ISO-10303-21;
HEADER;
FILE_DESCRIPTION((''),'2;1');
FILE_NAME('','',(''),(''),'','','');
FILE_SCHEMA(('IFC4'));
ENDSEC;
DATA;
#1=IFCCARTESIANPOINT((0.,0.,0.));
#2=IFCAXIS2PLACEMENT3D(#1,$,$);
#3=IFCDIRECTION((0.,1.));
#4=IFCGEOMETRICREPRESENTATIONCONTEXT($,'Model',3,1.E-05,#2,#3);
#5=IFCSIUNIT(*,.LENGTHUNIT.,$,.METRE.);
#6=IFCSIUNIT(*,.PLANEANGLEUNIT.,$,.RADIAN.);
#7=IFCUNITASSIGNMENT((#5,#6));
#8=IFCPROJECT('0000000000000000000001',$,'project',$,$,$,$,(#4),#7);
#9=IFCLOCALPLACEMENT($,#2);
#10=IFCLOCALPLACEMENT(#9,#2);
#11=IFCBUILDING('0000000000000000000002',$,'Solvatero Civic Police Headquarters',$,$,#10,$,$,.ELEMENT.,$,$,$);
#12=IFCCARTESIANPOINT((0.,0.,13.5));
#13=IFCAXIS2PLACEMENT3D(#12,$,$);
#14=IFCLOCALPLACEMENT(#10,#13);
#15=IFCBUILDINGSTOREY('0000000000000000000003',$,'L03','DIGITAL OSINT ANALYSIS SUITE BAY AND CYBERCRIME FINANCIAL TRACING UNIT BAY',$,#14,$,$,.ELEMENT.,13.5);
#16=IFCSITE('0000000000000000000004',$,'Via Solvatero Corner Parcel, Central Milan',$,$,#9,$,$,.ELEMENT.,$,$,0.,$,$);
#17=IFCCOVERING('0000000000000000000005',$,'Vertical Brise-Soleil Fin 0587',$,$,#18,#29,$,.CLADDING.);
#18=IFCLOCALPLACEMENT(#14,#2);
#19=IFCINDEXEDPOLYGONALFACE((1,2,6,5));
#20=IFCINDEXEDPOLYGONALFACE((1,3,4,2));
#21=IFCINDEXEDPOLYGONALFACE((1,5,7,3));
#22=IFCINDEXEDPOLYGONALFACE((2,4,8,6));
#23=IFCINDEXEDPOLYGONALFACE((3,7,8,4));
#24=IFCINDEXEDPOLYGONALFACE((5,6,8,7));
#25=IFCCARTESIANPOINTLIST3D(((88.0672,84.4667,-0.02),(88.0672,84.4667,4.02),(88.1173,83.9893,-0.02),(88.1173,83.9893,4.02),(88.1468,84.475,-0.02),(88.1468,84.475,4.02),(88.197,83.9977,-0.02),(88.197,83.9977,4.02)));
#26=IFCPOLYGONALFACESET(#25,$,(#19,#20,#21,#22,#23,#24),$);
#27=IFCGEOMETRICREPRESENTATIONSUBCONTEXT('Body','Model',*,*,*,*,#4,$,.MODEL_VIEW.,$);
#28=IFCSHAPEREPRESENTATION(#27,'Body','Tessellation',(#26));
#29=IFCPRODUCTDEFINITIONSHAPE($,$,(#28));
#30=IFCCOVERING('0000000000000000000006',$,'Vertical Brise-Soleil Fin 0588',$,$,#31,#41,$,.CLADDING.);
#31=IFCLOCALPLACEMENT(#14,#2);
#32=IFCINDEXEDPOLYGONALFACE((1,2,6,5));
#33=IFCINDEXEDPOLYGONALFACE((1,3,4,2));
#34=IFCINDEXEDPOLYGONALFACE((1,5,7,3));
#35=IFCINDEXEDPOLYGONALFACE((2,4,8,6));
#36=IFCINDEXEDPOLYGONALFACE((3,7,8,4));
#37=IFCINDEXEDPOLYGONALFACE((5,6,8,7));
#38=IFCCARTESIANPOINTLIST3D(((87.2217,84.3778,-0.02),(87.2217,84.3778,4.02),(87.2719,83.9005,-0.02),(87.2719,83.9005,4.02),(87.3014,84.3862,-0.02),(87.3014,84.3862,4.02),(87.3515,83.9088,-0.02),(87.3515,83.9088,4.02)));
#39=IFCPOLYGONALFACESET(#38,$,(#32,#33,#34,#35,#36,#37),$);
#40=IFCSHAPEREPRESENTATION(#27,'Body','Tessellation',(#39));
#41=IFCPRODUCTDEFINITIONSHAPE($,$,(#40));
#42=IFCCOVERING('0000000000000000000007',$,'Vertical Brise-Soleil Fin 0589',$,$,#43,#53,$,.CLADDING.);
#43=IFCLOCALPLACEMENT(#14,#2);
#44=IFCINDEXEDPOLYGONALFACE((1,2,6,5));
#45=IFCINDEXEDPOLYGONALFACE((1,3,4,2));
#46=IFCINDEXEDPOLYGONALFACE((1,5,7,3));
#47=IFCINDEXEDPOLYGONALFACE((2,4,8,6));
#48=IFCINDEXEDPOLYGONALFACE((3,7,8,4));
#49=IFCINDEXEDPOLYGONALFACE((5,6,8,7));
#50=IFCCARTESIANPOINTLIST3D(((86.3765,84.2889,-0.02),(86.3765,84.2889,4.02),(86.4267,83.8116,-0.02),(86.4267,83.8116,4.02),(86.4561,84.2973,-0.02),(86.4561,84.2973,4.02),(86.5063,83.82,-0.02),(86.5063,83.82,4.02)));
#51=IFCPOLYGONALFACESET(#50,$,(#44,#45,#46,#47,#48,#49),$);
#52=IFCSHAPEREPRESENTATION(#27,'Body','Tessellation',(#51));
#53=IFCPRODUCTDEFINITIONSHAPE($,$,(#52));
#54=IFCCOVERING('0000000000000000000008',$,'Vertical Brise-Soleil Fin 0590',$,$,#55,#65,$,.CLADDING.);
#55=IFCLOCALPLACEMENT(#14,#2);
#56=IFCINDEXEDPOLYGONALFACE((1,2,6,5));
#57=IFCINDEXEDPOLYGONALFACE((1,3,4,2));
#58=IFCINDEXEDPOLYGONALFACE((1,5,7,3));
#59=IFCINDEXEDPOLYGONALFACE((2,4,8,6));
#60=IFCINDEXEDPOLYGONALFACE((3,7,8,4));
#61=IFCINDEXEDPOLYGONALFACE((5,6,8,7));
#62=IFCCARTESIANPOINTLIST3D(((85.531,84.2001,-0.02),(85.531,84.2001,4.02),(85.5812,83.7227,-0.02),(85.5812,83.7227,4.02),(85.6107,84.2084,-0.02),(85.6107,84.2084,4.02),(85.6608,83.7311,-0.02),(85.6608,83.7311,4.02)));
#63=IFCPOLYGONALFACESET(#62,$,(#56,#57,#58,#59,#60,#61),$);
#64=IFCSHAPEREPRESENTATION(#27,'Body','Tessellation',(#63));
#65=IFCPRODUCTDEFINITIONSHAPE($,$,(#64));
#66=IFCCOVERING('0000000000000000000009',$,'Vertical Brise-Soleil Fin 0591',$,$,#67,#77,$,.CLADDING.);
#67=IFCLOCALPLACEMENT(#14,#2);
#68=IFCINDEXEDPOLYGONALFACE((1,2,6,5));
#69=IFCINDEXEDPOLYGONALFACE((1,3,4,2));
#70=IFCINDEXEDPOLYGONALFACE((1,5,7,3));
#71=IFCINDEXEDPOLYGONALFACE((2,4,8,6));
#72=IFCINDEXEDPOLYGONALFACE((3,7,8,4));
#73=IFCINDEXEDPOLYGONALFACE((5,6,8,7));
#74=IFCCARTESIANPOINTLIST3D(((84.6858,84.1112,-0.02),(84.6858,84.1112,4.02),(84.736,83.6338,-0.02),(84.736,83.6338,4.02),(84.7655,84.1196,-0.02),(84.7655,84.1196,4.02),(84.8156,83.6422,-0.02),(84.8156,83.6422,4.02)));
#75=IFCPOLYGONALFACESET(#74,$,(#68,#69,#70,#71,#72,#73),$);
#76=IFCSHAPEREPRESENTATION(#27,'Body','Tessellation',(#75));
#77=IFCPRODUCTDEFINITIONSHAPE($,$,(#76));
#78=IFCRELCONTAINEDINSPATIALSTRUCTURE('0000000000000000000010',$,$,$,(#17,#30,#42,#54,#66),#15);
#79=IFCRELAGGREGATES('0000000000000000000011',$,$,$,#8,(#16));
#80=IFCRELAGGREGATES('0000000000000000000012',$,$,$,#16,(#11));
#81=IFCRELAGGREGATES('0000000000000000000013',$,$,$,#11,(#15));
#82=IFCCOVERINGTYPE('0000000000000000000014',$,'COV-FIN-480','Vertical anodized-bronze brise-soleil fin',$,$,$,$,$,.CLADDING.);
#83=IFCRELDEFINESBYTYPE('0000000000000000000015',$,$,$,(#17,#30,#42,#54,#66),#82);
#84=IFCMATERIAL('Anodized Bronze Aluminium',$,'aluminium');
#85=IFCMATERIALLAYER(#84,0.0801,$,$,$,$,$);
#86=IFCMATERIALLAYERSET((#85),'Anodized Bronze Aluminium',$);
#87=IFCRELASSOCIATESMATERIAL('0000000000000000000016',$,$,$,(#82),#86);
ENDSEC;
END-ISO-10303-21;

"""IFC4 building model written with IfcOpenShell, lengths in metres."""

from ifc_helpers import new_model, si_unit, direction, frame, origin, origin_2d, place, context, subcontext, project, spatial, rectangle, extrude, material, layer, layer_set, type_object, element, save


model = new_model("IFC4")

# Units and contexts
model_context = context("Model", 3, precision=1e-05, world=origin(), true_north=direction((0.0, 1.0)))
body_context = subcontext(model_context, "Body", "Model", "MODEL_VIEW")
ifc_project = project(units=[si_unit("LENGTHUNIT", "METRE"), si_unit("PLANEANGLEUNIT", "RADIAN")], contexts=[model_context])

# Site, building, storey
site_placement = place(None, origin())
site = spatial("IfcSite", under=ifc_project, at=site_placement, Name="Via Solvatero Corner Parcel, Central Milan", CompositionType="ELEMENT", RefElevation=0.0)
building_placement = place(site_placement, origin())
building = spatial("IfcBuilding", under=site, at=building_placement, Name="Solvatero Civic Police Headquarters", CompositionType="ELEMENT")
storey_placement = place(building_placement, frame((0.0, 0.0, 13.5)))
storey = spatial("IfcBuildingStorey", under=building, at=storey_placement, Name="L03", Description="DIGITAL OSINT ANALYSIS SUITE BAY AND CYBERCRIME FINANCIAL TRACING UNIT BAY", CompositionType="ELEMENT", Elevation=13.5)

# Shared definitions
ifc_material_1 = material(Name="Anodized Bronze Aluminium", Category="aluminium")

# Coverings
ifc_layer_1 = layer(ifc_material_1, 0.0801)
ifc_layer_set_1 = layer_set([ifc_layer_1], Name="Anodized Bronze Aluminium")
covering_type = type_object("IfcCoveringType", Name="COV-FIN-480", Description="Vertical anodized-bronze brise-soleil fin", PredefinedType="CLADDING", material=ifc_layer_set_1)
for number, where, z_axis, x_axis, name in (
    (1, (88.1321, 84.2322, -0.02), (0.0, 0.0, 1.0), (-0.994524, -0.104511, 0.0), "Vertical Brise-Soleil Fin 0587"),
    (2, (87.2866, 84.1433, -0.02), (0.0, 0.0, 1.0), (-0.994524, -0.104511, 0.0), "Vertical Brise-Soleil Fin 0588"),
    (3, (86.4414, 84.0544, -0.02), (0.0, 0.0, 1.0), (-0.994524, -0.104511, 0.0), "Vertical Brise-Soleil Fin 0589"),
    (4, (85.5959, 83.9656, -0.02), (0.0, 0.0, 1.0), (-0.994524, -0.104511, 0.0), "Vertical Brise-Soleil Fin 0590"),
    (5, (84.7507, 83.8767, -0.02), (0.0, 0.0, 1.0), (-0.994524, -0.104511, 0.0), "Vertical Brise-Soleil Fin 0591"),
):
    element("IfcCovering", number, at=place(storey_placement, frame(where, z_axis=z_axis, x_axis=x_axis)), inside=storey, type_object=covering_type, Name=name, PredefinedType="CLADDING", context=body_context, shape_type="SweptSolid", body=[
        extrude(rectangle(XDim=0.0801, YDim=0.48, at=origin_2d()), origin(), (0.0, 0.0, 1.0), 4.04),
    ])

save(model, "model.ifc")
